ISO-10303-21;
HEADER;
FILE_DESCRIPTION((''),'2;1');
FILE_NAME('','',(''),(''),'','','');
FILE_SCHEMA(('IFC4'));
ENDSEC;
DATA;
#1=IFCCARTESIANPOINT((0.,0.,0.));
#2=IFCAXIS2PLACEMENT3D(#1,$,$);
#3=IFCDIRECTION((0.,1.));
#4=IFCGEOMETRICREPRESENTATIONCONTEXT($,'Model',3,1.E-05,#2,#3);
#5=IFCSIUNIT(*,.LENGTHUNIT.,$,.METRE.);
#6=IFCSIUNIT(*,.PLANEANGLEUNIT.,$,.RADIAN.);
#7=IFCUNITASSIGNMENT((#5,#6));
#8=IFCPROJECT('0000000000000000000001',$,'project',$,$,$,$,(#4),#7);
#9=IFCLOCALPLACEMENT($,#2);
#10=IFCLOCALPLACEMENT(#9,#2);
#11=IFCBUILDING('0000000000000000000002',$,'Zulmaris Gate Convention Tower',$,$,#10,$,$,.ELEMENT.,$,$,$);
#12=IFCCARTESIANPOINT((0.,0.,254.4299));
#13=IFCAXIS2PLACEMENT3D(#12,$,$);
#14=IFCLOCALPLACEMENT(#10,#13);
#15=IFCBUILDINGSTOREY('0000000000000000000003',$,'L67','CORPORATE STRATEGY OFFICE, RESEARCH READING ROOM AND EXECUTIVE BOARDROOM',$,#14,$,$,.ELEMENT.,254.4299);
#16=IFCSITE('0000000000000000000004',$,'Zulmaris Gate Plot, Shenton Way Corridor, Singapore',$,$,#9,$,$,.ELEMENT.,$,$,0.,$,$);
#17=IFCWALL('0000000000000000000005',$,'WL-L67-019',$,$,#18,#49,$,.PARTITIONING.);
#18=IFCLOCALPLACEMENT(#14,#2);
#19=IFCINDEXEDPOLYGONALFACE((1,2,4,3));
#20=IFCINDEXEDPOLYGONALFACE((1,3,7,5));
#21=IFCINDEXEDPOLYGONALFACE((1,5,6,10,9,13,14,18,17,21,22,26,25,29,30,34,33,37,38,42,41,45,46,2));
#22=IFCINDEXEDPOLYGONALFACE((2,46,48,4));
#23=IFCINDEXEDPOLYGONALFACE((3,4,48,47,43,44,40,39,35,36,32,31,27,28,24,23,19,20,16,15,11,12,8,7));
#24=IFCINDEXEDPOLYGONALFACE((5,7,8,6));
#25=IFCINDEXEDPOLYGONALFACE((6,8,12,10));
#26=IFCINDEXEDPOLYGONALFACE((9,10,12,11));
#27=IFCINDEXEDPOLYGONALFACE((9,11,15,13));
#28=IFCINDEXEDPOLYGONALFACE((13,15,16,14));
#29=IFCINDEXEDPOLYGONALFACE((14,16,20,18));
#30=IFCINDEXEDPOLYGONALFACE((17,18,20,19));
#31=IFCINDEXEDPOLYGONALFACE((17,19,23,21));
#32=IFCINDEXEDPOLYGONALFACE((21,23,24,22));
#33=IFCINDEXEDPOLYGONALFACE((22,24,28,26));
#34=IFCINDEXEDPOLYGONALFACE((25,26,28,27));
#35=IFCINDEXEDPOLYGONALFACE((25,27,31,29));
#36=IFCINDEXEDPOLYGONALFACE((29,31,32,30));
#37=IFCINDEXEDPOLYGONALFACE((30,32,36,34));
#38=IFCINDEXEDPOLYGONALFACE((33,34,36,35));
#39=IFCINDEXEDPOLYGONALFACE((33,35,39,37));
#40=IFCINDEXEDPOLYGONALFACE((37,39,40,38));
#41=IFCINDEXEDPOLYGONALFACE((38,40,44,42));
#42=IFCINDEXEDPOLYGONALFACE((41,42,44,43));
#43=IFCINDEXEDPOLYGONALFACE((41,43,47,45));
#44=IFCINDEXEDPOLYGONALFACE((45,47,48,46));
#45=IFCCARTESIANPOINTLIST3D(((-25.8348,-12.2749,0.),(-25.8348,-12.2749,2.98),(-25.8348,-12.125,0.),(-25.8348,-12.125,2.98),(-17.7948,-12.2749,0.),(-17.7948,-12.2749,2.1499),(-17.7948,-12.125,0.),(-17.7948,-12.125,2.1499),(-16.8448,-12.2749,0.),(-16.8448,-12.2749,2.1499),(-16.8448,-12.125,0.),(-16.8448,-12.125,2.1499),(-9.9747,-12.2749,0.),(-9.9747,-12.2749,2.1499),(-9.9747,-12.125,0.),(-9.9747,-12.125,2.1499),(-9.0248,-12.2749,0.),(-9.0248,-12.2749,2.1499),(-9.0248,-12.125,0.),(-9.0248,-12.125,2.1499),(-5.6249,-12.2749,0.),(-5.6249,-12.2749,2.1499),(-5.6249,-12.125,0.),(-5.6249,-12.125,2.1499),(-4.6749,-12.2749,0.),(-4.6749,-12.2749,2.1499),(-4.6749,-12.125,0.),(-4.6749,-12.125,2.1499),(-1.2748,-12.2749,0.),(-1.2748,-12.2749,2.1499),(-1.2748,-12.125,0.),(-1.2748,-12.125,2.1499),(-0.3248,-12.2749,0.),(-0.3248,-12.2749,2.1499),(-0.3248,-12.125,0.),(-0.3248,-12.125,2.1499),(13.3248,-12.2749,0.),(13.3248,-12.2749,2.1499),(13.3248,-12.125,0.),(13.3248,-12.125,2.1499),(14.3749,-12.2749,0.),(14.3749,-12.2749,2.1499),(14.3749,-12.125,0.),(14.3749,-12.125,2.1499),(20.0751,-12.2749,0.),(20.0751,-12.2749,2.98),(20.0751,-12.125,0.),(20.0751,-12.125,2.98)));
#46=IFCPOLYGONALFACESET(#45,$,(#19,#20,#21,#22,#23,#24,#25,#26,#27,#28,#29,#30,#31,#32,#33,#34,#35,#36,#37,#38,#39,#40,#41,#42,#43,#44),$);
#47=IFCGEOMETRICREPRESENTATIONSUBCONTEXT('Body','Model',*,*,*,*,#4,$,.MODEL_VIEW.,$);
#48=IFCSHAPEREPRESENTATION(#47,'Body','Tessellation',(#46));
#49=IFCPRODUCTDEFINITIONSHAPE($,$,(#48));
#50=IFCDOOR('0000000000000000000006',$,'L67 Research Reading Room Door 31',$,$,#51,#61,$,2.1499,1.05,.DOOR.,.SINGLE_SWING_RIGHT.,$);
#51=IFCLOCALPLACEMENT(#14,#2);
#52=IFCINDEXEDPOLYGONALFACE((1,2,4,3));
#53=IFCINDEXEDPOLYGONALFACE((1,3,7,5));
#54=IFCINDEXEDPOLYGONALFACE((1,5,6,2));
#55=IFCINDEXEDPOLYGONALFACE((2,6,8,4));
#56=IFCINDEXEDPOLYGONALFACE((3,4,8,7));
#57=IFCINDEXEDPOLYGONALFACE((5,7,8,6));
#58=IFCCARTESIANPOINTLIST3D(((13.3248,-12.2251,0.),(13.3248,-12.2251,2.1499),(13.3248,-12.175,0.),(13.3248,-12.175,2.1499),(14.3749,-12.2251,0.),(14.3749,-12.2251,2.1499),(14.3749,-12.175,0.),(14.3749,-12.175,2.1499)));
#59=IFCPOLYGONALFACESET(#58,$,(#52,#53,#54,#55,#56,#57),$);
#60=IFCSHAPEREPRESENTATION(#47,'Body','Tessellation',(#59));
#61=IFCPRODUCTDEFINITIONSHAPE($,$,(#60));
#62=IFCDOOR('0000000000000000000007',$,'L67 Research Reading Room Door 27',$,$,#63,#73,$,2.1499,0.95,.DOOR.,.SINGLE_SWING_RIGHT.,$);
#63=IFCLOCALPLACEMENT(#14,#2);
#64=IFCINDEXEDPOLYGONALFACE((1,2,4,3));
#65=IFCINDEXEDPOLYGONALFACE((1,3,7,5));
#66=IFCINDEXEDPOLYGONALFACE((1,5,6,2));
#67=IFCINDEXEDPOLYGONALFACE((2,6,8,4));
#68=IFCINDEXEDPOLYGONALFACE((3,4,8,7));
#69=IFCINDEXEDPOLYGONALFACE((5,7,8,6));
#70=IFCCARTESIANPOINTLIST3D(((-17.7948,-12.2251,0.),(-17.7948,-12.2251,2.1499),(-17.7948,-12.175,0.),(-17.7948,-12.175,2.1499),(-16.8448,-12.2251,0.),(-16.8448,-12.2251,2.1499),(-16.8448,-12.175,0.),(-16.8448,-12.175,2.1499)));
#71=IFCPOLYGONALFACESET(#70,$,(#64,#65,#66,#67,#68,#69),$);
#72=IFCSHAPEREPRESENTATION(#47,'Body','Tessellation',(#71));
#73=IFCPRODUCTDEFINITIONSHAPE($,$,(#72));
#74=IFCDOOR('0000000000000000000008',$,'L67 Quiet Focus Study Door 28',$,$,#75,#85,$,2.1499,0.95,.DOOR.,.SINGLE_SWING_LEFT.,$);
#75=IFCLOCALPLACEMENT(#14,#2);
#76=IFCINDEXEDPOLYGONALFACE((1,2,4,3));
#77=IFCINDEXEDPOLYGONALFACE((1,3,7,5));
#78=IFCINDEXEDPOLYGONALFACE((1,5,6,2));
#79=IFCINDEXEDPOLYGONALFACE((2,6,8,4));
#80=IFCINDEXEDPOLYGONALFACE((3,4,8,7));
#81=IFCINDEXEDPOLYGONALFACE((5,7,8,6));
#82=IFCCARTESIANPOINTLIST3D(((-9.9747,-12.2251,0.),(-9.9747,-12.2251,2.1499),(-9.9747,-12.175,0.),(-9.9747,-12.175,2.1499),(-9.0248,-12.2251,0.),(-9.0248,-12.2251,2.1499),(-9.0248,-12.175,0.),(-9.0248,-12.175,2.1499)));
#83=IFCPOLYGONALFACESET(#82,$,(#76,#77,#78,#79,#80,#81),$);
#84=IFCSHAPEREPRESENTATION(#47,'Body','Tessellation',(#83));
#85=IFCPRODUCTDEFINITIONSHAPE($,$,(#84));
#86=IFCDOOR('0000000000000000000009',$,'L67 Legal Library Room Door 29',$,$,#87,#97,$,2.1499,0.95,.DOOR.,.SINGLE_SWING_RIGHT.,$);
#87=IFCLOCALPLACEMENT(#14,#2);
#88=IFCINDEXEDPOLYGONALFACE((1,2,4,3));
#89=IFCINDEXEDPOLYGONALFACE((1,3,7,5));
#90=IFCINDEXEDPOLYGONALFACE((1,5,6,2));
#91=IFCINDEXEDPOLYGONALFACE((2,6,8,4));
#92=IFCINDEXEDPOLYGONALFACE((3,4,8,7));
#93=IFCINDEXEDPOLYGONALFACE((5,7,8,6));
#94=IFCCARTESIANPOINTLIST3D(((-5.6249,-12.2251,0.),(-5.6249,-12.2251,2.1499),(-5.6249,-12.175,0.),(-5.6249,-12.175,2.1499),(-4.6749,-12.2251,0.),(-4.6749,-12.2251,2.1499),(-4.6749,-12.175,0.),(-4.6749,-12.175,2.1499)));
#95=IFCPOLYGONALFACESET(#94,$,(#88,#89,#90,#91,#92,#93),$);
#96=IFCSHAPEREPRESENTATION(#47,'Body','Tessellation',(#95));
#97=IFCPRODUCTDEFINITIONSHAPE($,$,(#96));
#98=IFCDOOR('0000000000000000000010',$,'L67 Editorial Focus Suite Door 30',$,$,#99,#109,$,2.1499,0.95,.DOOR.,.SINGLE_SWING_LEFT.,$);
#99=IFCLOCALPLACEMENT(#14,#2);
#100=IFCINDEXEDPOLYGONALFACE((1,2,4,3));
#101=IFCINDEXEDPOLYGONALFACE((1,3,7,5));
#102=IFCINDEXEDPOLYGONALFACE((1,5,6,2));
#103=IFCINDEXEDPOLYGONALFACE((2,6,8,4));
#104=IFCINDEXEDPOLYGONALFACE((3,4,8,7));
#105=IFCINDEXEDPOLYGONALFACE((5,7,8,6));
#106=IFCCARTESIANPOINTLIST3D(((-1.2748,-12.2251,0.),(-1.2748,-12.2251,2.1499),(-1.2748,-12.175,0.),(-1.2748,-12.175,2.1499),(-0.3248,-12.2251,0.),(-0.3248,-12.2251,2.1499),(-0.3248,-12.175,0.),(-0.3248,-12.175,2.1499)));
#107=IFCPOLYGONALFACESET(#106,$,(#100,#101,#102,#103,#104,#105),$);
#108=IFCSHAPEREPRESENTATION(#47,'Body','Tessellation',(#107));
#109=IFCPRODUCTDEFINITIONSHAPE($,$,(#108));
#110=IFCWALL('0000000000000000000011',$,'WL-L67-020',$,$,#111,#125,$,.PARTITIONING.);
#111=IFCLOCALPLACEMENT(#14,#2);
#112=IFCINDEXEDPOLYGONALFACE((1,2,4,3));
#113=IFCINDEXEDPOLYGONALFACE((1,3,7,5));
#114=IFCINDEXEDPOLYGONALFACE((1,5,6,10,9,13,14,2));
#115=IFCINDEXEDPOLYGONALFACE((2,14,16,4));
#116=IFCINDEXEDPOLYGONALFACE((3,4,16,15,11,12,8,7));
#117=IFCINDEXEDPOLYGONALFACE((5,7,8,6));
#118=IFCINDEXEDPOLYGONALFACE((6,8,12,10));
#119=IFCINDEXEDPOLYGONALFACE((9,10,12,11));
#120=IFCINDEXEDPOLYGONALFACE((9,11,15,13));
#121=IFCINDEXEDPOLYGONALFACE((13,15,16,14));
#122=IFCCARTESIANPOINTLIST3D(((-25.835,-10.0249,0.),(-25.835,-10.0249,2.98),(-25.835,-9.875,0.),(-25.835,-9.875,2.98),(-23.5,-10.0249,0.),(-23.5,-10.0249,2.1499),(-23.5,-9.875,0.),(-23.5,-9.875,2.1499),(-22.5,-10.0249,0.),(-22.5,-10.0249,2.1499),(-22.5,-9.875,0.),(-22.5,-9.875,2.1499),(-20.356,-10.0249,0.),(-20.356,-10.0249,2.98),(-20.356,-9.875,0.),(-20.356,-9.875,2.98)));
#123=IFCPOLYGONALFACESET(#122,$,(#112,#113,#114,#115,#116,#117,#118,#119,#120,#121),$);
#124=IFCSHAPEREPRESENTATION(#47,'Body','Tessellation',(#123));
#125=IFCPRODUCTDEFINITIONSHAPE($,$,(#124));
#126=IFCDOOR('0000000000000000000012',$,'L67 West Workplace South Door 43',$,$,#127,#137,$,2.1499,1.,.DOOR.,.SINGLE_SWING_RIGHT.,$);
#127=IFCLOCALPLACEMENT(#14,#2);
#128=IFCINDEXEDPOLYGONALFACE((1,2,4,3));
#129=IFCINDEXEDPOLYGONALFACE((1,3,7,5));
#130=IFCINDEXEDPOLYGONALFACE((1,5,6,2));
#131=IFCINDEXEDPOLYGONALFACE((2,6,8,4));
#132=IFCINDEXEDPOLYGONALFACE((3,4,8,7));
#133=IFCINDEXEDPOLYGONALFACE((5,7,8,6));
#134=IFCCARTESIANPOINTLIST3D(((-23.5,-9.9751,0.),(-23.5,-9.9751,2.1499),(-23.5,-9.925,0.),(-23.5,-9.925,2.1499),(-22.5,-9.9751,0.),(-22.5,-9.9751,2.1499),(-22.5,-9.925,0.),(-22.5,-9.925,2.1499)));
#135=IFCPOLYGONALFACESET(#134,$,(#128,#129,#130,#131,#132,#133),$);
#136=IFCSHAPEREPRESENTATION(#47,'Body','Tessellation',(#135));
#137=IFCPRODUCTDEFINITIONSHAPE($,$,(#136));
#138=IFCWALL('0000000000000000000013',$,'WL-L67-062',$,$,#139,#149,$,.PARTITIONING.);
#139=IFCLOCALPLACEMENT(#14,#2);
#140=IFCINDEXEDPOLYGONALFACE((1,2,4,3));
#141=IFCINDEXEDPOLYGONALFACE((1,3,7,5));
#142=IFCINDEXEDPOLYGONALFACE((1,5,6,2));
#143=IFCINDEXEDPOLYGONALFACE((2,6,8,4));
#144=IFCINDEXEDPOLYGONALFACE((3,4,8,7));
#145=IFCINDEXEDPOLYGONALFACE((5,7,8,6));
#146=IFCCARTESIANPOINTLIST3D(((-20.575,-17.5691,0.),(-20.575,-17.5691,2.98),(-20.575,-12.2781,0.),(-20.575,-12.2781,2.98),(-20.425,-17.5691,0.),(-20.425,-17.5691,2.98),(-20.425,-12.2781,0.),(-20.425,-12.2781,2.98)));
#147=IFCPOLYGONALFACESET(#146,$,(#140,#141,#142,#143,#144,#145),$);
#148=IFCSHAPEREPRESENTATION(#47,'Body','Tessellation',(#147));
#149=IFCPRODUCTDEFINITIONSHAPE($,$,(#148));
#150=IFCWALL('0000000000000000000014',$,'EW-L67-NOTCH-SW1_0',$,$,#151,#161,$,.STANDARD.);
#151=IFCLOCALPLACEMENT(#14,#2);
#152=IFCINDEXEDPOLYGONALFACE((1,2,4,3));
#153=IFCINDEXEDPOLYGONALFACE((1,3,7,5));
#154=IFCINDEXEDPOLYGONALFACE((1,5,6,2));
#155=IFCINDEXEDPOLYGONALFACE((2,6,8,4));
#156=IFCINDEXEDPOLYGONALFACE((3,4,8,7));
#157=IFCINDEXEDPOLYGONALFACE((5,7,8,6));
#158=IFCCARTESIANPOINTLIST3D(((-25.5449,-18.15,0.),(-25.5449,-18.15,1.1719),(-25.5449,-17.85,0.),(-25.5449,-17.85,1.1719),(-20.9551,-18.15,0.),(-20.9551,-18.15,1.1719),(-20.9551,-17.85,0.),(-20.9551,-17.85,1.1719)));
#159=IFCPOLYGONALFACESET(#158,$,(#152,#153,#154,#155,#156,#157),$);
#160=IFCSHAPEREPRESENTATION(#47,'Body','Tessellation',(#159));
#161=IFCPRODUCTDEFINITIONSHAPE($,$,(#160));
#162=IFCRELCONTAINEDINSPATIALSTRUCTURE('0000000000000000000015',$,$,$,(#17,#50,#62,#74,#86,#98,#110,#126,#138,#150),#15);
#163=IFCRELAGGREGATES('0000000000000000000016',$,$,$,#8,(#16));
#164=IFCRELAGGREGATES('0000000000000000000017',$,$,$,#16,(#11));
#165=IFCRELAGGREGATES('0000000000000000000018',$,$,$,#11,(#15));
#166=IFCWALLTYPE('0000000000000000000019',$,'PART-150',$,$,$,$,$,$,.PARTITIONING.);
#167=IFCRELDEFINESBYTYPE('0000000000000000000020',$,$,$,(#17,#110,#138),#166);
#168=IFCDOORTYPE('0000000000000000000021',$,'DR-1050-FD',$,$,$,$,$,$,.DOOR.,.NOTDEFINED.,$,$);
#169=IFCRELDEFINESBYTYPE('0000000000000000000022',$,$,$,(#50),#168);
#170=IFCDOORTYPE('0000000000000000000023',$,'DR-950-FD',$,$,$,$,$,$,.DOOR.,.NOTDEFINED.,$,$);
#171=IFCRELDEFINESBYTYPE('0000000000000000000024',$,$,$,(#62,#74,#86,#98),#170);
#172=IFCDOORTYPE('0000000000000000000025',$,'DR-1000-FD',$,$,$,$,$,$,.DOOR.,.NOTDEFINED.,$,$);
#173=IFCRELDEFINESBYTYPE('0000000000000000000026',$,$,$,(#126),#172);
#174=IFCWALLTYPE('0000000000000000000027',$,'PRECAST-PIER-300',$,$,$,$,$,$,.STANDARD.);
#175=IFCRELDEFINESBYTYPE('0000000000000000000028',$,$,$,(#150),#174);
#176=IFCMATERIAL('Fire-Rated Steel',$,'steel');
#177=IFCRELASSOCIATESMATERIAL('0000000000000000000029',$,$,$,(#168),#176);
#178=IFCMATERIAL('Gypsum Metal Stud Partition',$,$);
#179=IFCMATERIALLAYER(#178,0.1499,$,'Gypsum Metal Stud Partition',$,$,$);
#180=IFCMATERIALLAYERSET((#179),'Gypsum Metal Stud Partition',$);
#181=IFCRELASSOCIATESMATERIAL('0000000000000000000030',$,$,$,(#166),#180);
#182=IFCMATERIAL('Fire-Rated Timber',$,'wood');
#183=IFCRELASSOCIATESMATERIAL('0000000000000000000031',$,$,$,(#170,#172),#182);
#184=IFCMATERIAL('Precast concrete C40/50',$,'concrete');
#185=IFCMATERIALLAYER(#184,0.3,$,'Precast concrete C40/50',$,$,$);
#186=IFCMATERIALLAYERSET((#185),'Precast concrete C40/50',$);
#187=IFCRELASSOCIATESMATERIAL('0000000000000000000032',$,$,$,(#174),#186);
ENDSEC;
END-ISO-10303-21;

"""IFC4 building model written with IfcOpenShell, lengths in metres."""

from ifc_helpers import new_model, si_unit, direction, frame, frame_2d, origin, place, context, subcontext, project, spatial, rectangle, extrude, material, layer, layer_set, type_object, element, fill, save


model = new_model("IFC4")

# Units and contexts
model_context = context("Model", 3, precision=1e-05, world=origin(), true_north=direction((0.0, 1.0)))
body_context = subcontext(model_context, "Body", "Model", "MODEL_VIEW")
ifc_project = project(units=[si_unit("LENGTHUNIT", "METRE"), si_unit("PLANEANGLEUNIT", "RADIAN")], contexts=[model_context])

# Site, building, storey
site_placement = place(None, origin())
site = spatial("IfcSite", under=ifc_project, at=site_placement, Name="Zulmaris Gate Plot, Shenton Way Corridor, Singapore", CompositionType="ELEMENT", RefElevation=0.0)
building_placement = place(site_placement, origin())
building = spatial("IfcBuilding", under=site, at=building_placement, Name="Zulmaris Gate Convention Tower", CompositionType="ELEMENT")
storey_placement = place(building_placement, frame((0.0, 0.0, 254.4299)))
storey = spatial("IfcBuildingStorey", under=building, at=storey_placement, Name="L67", Description="CORPORATE STRATEGY OFFICE, RESEARCH READING ROOM AND EXECUTIVE BOARDROOM", CompositionType="ELEMENT", Elevation=254.4299)

# Shared definitions
ifc_material_1 = material(Name="Fire-Rated Steel", Category="steel")
door_type_1 = type_object("IfcDoorType", Name="DR-1050-FD", OperationType="NOTDEFINED", PredefinedType="DOOR", material=ifc_material_1)

# Wall, openings, doors
ifc_material_2 = material(Name="Gypsum Metal Stud Partition")
ifc_layer_1 = layer(ifc_material_2, 0.1499, Name="Gypsum Metal Stud Partition")
ifc_layer_set_1 = layer_set([ifc_layer_1], Name="Gypsum Metal Stud Partition")
wall_type_1 = type_object("IfcWallType", Name="PART-150", PredefinedType="PARTITIONING", material=ifc_layer_set_1)
wall_1_placement = place(storey_placement, frame((-25.835, -12.2, 0.0), z_axis=(0.0, 0.0, 1.0), x_axis=(1.0, 0.0, 0.0)))
wall_1 = element("IfcWall", 1, at=wall_1_placement, inside=storey, type_object=wall_type_1, Name="WL-L67-019", PredefinedType="PARTITIONING", context=body_context, shape_type="SweptSolid", body=[
    extrude(rectangle(XDim=45.9099, YDim=0.1499, at=frame_2d((22.9551, 0.0))), origin(), (0.0, 0.0, 1.0), 2.98),
])
opening_1_placement = place(wall_1_placement, frame((8.04, 0.0, 0.0)))
opening_1 = element("IfcOpeningElement", 2, at=opening_1_placement, cuts=wall_1, PredefinedType="OPENING", context=body_context, shape_type="SweptSolid", body=[
    extrude(rectangle(XDim=0.95, YDim=2.1499, at=frame_2d((0.4751, 1.075))), frame((0.0, 0.085, 0.0), z_axis=(0.0, -1.0, 0.0), x_axis=(1.0, 0.0, 0.0)), (0.0, 0.0, 1.0), 0.1699),
])
opening_2_placement = place(wall_1_placement, frame((15.8601, 0.0, 0.0)))
opening_2 = element("IfcOpeningElement", 3, at=opening_2_placement, cuts=wall_1, PredefinedType="OPENING", context=body_context, shape_type="SweptSolid", body=[
    extrude(rectangle(XDim=0.95, YDim=2.1499, at=frame_2d((0.4751, 1.075))), frame((0.0, 0.085, 0.0), z_axis=(0.0, -1.0, 0.0), x_axis=(1.0, 0.0, 0.0)), (0.0, 0.0, 1.0), 0.1699),
])
opening_3_placement = place(wall_1_placement, frame((20.21, 0.0, 0.0)))
opening_3 = element("IfcOpeningElement", 4, at=opening_3_placement, cuts=wall_1, PredefinedType="OPENING", context=body_context, shape_type="SweptSolid", body=[
    extrude(rectangle(XDim=0.95, YDim=2.1499, at=frame_2d((0.4751, 1.075))), frame((0.0, 0.085, 0.0), z_axis=(0.0, -1.0, 0.0), x_axis=(1.0, 0.0, 0.0)), (0.0, 0.0, 1.0), 0.1699),
])
opening_4_placement = place(wall_1_placement, frame((24.5601, 0.0, 0.0)))
opening_4 = element("IfcOpeningElement", 5, at=opening_4_placement, cuts=wall_1, PredefinedType="OPENING", context=body_context, shape_type="SweptSolid", body=[
    extrude(rectangle(XDim=0.95, YDim=2.1499, at=frame_2d((0.4751, 1.075))), frame((0.0, 0.085, 0.0), z_axis=(0.0, -1.0, 0.0), x_axis=(1.0, 0.0, 0.0)), (0.0, 0.0, 1.0), 0.1699),
])
opening_5_placement = place(wall_1_placement, frame((39.1599, 0.0, 0.0)))
opening_5 = element("IfcOpeningElement", 6, at=opening_5_placement, cuts=wall_1, PredefinedType="OPENING", context=body_context, shape_type="SweptSolid", body=[
    extrude(rectangle(XDim=1.05, YDim=2.1499, at=frame_2d((0.5249, 1.075))), frame((0.0, 0.085, 0.0), z_axis=(0.0, -1.0, 0.0), x_axis=(1.0, 0.0, 0.0)), (0.0, 0.0, 1.0), 0.1699),
])
door_1_placement = place(opening_5_placement, origin())
door_1 = element("IfcDoor", 7, at=door_1_placement, inside=storey, type_object=door_type_1, Name="L67 Research Reading Room Door 31", OperationType="SINGLE_SWING_RIGHT", OverallHeight=2.1499, OverallWidth=1.05, PredefinedType="DOOR", context=body_context, shape_type="SweptSolid", body=[
    extrude(rectangle(XDim=1.05, YDim=2.1499, at=frame_2d((0.5249, 1.075))), frame((0.0, 0.0249, 0.0), z_axis=(0.0, -1.0, 0.0), x_axis=(1.0, 0.0, 0.0)), (0.0, 0.0, 1.0), 0.05),
])
fill(opening_5, door_1)
ifc_material_3 = material(Name="Fire-Rated Timber", Category="wood")
door_type_2 = type_object("IfcDoorType", Name="DR-950-FD", OperationType="NOTDEFINED", PredefinedType="DOOR", material=ifc_material_3)
door_2_placement = place(opening_1_placement, origin())
door_2 = element("IfcDoor", 8, at=door_2_placement, inside=storey, type_object=door_type_2, Name="L67 Research Reading Room Door 27", OperationType="SINGLE_SWING_RIGHT", OverallHeight=2.1499, OverallWidth=0.95, PredefinedType="DOOR", context=body_context, shape_type="SweptSolid", body=[
    extrude(rectangle(XDim=0.95, YDim=2.1499, at=frame_2d((0.4751, 1.075))), frame((0.0, 0.0249, 0.0), z_axis=(0.0, -1.0, 0.0), x_axis=(1.0, 0.0, 0.0)), (0.0, 0.0, 1.0), 0.05),
])
fill(opening_1, door_2)
door_3_placement = place(opening_2_placement, origin())
door_3 = element("IfcDoor", 9, at=door_3_placement, inside=storey, type_object=door_type_2, Name="L67 Quiet Focus Study Door 28", OperationType="SINGLE_SWING_LEFT", OverallHeight=2.1499, OverallWidth=0.95, PredefinedType="DOOR", context=body_context, shape_type="SweptSolid", body=[
    extrude(rectangle(XDim=0.95, YDim=2.1499, at=frame_2d((0.4751, 1.075))), frame((0.0, 0.0249, 0.0), z_axis=(0.0, -1.0, 0.0), x_axis=(1.0, 0.0, 0.0)), (0.0, 0.0, 1.0), 0.05),
])
fill(opening_2, door_3)
door_4_placement = place(opening_3_placement, origin())
door_4 = element("IfcDoor", 10, at=door_4_placement, inside=storey, type_object=door_type_2, Name="L67 Legal Library Room Door 29", OperationType="SINGLE_SWING_RIGHT", OverallHeight=2.1499, OverallWidth=0.95, PredefinedType="DOOR", context=body_context, shape_type="SweptSolid", body=[
    extrude(rectangle(XDim=0.95, YDim=2.1499, at=frame_2d((0.4751, 1.075))), frame((0.0, 0.0249, 0.0), z_axis=(0.0, -1.0, 0.0), x_axis=(1.0, 0.0, 0.0)), (0.0, 0.0, 1.0), 0.05),
])
fill(opening_3, door_4)
door_5_placement = place(opening_4_placement, origin())
door_5 = element("IfcDoor", 11, at=door_5_placement, inside=storey, type_object=door_type_2, Name="L67 Editorial Focus Suite Door 30", OperationType="SINGLE_SWING_LEFT", OverallHeight=2.1499, OverallWidth=0.95, PredefinedType="DOOR", context=body_context, shape_type="SweptSolid", body=[
    extrude(rectangle(XDim=0.95, YDim=2.1499, at=frame_2d((0.4751, 1.075))), frame((0.0, 0.0249, 0.0), z_axis=(0.0, -1.0, 0.0), x_axis=(1.0, 0.0, 0.0)), (0.0, 0.0, 1.0), 0.05),
])
fill(opening_4, door_5)

# Wall, opening, door
wall_2_placement = place(storey_placement, frame((-25.835, -9.95, 0.0), z_axis=(0.0, 0.0, 1.0), x_axis=(1.0, 0.0, 0.0)))
wall_2 = element("IfcWall", 12, at=wall_2_placement, inside=storey, type_object=wall_type_1, Name="WL-L67-020", PredefinedType="PARTITIONING", context=body_context, shape_type="SweptSolid", body=[
    extrude(rectangle(XDim=5.479, YDim=0.1499, at=frame_2d((2.7395, 0.0))), origin(), (0.0, 0.0, 1.0), 2.98),
])
opening_6_placement = place(wall_2_placement, frame((2.335, 0.0, 0.0)))
opening_6 = element("IfcOpeningElement", 13, at=opening_6_placement, cuts=wall_2, PredefinedType="OPENING", context=body_context, shape_type="SweptSolid", body=[
    extrude(rectangle(XDim=1.0, YDim=2.1499, at=frame_2d((0.5, 1.075))), frame((0.0, 0.085, 0.0), z_axis=(0.0, -1.0, 0.0), x_axis=(1.0, 0.0, 0.0)), (0.0, 0.0, 1.0), 0.1699),
])
door_type_3 = type_object("IfcDoorType", Name="DR-1000-FD", OperationType="NOTDEFINED", PredefinedType="DOOR", material=ifc_material_3)
door_6_placement = place(opening_6_placement, origin())
door_6 = element("IfcDoor", 14, at=door_6_placement, inside=storey, type_object=door_type_3, Name="L67 West Workplace South Door 43", OperationType="SINGLE_SWING_RIGHT", OverallHeight=2.1499, OverallWidth=1.0, PredefinedType="DOOR", context=body_context, shape_type="SweptSolid", body=[
    extrude(rectangle(XDim=1.0, YDim=2.1499, at=frame_2d((0.5, 1.075))), frame((0.0, 0.0249, 0.0), z_axis=(0.0, -1.0, 0.0), x_axis=(1.0, 0.0, 0.0)), (0.0, 0.0, 1.0), 0.05),
])
fill(opening_6, door_6)

# Wall
wall_3_placement = place(storey_placement, frame((-20.5, -17.5691, 0.0), z_axis=(0.0, 0.0, 1.0), x_axis=(0.0, 1.0, 0.0)))
element("IfcWall", 15, at=wall_3_placement, inside=storey, type_object=wall_type_1, Name="WL-L67-062", PredefinedType="PARTITIONING", context=body_context, shape_type="SweptSolid", body=[
    extrude(rectangle(XDim=5.291, YDim=0.1499, at=frame_2d((2.6455, 0.0))), origin(), (0.0, 0.0, 1.0), 2.98),
])

# Wall
ifc_material_4 = material(Name="Precast concrete C40/50", Category="concrete")
ifc_layer_2 = layer(ifc_material_4, 0.3, Name="Precast concrete C40/50")
ifc_layer_set_2 = layer_set([ifc_layer_2], Name="Precast concrete C40/50")
wall_type_2 = type_object("IfcWallType", Name="PRECAST-PIER-300", PredefinedType="STANDARD", material=ifc_layer_set_2)
for number, where, z_axis, x_axis, name in (
    (16, (-25.5449, -18.0, 0.0), (0.0, 0.0, 1.0), (1.0, 0.0, 0.0), "EW-L67-NOTCH-SW1_0"),
):
    element("IfcWall", number, at=place(storey_placement, frame(where, z_axis=z_axis, x_axis=x_axis)), inside=storey, type_object=wall_type_2, Name=name, PredefinedType="STANDARD", context=body_context, shape_type="SweptSolid", body=[
        extrude(rectangle(XDim=4.5898, YDim=0.3, at=frame_2d((2.2949, 0.0))), origin(), (0.0, 0.0, 1.0), 1.1719),
    ])

save(model, "model.ifc")
